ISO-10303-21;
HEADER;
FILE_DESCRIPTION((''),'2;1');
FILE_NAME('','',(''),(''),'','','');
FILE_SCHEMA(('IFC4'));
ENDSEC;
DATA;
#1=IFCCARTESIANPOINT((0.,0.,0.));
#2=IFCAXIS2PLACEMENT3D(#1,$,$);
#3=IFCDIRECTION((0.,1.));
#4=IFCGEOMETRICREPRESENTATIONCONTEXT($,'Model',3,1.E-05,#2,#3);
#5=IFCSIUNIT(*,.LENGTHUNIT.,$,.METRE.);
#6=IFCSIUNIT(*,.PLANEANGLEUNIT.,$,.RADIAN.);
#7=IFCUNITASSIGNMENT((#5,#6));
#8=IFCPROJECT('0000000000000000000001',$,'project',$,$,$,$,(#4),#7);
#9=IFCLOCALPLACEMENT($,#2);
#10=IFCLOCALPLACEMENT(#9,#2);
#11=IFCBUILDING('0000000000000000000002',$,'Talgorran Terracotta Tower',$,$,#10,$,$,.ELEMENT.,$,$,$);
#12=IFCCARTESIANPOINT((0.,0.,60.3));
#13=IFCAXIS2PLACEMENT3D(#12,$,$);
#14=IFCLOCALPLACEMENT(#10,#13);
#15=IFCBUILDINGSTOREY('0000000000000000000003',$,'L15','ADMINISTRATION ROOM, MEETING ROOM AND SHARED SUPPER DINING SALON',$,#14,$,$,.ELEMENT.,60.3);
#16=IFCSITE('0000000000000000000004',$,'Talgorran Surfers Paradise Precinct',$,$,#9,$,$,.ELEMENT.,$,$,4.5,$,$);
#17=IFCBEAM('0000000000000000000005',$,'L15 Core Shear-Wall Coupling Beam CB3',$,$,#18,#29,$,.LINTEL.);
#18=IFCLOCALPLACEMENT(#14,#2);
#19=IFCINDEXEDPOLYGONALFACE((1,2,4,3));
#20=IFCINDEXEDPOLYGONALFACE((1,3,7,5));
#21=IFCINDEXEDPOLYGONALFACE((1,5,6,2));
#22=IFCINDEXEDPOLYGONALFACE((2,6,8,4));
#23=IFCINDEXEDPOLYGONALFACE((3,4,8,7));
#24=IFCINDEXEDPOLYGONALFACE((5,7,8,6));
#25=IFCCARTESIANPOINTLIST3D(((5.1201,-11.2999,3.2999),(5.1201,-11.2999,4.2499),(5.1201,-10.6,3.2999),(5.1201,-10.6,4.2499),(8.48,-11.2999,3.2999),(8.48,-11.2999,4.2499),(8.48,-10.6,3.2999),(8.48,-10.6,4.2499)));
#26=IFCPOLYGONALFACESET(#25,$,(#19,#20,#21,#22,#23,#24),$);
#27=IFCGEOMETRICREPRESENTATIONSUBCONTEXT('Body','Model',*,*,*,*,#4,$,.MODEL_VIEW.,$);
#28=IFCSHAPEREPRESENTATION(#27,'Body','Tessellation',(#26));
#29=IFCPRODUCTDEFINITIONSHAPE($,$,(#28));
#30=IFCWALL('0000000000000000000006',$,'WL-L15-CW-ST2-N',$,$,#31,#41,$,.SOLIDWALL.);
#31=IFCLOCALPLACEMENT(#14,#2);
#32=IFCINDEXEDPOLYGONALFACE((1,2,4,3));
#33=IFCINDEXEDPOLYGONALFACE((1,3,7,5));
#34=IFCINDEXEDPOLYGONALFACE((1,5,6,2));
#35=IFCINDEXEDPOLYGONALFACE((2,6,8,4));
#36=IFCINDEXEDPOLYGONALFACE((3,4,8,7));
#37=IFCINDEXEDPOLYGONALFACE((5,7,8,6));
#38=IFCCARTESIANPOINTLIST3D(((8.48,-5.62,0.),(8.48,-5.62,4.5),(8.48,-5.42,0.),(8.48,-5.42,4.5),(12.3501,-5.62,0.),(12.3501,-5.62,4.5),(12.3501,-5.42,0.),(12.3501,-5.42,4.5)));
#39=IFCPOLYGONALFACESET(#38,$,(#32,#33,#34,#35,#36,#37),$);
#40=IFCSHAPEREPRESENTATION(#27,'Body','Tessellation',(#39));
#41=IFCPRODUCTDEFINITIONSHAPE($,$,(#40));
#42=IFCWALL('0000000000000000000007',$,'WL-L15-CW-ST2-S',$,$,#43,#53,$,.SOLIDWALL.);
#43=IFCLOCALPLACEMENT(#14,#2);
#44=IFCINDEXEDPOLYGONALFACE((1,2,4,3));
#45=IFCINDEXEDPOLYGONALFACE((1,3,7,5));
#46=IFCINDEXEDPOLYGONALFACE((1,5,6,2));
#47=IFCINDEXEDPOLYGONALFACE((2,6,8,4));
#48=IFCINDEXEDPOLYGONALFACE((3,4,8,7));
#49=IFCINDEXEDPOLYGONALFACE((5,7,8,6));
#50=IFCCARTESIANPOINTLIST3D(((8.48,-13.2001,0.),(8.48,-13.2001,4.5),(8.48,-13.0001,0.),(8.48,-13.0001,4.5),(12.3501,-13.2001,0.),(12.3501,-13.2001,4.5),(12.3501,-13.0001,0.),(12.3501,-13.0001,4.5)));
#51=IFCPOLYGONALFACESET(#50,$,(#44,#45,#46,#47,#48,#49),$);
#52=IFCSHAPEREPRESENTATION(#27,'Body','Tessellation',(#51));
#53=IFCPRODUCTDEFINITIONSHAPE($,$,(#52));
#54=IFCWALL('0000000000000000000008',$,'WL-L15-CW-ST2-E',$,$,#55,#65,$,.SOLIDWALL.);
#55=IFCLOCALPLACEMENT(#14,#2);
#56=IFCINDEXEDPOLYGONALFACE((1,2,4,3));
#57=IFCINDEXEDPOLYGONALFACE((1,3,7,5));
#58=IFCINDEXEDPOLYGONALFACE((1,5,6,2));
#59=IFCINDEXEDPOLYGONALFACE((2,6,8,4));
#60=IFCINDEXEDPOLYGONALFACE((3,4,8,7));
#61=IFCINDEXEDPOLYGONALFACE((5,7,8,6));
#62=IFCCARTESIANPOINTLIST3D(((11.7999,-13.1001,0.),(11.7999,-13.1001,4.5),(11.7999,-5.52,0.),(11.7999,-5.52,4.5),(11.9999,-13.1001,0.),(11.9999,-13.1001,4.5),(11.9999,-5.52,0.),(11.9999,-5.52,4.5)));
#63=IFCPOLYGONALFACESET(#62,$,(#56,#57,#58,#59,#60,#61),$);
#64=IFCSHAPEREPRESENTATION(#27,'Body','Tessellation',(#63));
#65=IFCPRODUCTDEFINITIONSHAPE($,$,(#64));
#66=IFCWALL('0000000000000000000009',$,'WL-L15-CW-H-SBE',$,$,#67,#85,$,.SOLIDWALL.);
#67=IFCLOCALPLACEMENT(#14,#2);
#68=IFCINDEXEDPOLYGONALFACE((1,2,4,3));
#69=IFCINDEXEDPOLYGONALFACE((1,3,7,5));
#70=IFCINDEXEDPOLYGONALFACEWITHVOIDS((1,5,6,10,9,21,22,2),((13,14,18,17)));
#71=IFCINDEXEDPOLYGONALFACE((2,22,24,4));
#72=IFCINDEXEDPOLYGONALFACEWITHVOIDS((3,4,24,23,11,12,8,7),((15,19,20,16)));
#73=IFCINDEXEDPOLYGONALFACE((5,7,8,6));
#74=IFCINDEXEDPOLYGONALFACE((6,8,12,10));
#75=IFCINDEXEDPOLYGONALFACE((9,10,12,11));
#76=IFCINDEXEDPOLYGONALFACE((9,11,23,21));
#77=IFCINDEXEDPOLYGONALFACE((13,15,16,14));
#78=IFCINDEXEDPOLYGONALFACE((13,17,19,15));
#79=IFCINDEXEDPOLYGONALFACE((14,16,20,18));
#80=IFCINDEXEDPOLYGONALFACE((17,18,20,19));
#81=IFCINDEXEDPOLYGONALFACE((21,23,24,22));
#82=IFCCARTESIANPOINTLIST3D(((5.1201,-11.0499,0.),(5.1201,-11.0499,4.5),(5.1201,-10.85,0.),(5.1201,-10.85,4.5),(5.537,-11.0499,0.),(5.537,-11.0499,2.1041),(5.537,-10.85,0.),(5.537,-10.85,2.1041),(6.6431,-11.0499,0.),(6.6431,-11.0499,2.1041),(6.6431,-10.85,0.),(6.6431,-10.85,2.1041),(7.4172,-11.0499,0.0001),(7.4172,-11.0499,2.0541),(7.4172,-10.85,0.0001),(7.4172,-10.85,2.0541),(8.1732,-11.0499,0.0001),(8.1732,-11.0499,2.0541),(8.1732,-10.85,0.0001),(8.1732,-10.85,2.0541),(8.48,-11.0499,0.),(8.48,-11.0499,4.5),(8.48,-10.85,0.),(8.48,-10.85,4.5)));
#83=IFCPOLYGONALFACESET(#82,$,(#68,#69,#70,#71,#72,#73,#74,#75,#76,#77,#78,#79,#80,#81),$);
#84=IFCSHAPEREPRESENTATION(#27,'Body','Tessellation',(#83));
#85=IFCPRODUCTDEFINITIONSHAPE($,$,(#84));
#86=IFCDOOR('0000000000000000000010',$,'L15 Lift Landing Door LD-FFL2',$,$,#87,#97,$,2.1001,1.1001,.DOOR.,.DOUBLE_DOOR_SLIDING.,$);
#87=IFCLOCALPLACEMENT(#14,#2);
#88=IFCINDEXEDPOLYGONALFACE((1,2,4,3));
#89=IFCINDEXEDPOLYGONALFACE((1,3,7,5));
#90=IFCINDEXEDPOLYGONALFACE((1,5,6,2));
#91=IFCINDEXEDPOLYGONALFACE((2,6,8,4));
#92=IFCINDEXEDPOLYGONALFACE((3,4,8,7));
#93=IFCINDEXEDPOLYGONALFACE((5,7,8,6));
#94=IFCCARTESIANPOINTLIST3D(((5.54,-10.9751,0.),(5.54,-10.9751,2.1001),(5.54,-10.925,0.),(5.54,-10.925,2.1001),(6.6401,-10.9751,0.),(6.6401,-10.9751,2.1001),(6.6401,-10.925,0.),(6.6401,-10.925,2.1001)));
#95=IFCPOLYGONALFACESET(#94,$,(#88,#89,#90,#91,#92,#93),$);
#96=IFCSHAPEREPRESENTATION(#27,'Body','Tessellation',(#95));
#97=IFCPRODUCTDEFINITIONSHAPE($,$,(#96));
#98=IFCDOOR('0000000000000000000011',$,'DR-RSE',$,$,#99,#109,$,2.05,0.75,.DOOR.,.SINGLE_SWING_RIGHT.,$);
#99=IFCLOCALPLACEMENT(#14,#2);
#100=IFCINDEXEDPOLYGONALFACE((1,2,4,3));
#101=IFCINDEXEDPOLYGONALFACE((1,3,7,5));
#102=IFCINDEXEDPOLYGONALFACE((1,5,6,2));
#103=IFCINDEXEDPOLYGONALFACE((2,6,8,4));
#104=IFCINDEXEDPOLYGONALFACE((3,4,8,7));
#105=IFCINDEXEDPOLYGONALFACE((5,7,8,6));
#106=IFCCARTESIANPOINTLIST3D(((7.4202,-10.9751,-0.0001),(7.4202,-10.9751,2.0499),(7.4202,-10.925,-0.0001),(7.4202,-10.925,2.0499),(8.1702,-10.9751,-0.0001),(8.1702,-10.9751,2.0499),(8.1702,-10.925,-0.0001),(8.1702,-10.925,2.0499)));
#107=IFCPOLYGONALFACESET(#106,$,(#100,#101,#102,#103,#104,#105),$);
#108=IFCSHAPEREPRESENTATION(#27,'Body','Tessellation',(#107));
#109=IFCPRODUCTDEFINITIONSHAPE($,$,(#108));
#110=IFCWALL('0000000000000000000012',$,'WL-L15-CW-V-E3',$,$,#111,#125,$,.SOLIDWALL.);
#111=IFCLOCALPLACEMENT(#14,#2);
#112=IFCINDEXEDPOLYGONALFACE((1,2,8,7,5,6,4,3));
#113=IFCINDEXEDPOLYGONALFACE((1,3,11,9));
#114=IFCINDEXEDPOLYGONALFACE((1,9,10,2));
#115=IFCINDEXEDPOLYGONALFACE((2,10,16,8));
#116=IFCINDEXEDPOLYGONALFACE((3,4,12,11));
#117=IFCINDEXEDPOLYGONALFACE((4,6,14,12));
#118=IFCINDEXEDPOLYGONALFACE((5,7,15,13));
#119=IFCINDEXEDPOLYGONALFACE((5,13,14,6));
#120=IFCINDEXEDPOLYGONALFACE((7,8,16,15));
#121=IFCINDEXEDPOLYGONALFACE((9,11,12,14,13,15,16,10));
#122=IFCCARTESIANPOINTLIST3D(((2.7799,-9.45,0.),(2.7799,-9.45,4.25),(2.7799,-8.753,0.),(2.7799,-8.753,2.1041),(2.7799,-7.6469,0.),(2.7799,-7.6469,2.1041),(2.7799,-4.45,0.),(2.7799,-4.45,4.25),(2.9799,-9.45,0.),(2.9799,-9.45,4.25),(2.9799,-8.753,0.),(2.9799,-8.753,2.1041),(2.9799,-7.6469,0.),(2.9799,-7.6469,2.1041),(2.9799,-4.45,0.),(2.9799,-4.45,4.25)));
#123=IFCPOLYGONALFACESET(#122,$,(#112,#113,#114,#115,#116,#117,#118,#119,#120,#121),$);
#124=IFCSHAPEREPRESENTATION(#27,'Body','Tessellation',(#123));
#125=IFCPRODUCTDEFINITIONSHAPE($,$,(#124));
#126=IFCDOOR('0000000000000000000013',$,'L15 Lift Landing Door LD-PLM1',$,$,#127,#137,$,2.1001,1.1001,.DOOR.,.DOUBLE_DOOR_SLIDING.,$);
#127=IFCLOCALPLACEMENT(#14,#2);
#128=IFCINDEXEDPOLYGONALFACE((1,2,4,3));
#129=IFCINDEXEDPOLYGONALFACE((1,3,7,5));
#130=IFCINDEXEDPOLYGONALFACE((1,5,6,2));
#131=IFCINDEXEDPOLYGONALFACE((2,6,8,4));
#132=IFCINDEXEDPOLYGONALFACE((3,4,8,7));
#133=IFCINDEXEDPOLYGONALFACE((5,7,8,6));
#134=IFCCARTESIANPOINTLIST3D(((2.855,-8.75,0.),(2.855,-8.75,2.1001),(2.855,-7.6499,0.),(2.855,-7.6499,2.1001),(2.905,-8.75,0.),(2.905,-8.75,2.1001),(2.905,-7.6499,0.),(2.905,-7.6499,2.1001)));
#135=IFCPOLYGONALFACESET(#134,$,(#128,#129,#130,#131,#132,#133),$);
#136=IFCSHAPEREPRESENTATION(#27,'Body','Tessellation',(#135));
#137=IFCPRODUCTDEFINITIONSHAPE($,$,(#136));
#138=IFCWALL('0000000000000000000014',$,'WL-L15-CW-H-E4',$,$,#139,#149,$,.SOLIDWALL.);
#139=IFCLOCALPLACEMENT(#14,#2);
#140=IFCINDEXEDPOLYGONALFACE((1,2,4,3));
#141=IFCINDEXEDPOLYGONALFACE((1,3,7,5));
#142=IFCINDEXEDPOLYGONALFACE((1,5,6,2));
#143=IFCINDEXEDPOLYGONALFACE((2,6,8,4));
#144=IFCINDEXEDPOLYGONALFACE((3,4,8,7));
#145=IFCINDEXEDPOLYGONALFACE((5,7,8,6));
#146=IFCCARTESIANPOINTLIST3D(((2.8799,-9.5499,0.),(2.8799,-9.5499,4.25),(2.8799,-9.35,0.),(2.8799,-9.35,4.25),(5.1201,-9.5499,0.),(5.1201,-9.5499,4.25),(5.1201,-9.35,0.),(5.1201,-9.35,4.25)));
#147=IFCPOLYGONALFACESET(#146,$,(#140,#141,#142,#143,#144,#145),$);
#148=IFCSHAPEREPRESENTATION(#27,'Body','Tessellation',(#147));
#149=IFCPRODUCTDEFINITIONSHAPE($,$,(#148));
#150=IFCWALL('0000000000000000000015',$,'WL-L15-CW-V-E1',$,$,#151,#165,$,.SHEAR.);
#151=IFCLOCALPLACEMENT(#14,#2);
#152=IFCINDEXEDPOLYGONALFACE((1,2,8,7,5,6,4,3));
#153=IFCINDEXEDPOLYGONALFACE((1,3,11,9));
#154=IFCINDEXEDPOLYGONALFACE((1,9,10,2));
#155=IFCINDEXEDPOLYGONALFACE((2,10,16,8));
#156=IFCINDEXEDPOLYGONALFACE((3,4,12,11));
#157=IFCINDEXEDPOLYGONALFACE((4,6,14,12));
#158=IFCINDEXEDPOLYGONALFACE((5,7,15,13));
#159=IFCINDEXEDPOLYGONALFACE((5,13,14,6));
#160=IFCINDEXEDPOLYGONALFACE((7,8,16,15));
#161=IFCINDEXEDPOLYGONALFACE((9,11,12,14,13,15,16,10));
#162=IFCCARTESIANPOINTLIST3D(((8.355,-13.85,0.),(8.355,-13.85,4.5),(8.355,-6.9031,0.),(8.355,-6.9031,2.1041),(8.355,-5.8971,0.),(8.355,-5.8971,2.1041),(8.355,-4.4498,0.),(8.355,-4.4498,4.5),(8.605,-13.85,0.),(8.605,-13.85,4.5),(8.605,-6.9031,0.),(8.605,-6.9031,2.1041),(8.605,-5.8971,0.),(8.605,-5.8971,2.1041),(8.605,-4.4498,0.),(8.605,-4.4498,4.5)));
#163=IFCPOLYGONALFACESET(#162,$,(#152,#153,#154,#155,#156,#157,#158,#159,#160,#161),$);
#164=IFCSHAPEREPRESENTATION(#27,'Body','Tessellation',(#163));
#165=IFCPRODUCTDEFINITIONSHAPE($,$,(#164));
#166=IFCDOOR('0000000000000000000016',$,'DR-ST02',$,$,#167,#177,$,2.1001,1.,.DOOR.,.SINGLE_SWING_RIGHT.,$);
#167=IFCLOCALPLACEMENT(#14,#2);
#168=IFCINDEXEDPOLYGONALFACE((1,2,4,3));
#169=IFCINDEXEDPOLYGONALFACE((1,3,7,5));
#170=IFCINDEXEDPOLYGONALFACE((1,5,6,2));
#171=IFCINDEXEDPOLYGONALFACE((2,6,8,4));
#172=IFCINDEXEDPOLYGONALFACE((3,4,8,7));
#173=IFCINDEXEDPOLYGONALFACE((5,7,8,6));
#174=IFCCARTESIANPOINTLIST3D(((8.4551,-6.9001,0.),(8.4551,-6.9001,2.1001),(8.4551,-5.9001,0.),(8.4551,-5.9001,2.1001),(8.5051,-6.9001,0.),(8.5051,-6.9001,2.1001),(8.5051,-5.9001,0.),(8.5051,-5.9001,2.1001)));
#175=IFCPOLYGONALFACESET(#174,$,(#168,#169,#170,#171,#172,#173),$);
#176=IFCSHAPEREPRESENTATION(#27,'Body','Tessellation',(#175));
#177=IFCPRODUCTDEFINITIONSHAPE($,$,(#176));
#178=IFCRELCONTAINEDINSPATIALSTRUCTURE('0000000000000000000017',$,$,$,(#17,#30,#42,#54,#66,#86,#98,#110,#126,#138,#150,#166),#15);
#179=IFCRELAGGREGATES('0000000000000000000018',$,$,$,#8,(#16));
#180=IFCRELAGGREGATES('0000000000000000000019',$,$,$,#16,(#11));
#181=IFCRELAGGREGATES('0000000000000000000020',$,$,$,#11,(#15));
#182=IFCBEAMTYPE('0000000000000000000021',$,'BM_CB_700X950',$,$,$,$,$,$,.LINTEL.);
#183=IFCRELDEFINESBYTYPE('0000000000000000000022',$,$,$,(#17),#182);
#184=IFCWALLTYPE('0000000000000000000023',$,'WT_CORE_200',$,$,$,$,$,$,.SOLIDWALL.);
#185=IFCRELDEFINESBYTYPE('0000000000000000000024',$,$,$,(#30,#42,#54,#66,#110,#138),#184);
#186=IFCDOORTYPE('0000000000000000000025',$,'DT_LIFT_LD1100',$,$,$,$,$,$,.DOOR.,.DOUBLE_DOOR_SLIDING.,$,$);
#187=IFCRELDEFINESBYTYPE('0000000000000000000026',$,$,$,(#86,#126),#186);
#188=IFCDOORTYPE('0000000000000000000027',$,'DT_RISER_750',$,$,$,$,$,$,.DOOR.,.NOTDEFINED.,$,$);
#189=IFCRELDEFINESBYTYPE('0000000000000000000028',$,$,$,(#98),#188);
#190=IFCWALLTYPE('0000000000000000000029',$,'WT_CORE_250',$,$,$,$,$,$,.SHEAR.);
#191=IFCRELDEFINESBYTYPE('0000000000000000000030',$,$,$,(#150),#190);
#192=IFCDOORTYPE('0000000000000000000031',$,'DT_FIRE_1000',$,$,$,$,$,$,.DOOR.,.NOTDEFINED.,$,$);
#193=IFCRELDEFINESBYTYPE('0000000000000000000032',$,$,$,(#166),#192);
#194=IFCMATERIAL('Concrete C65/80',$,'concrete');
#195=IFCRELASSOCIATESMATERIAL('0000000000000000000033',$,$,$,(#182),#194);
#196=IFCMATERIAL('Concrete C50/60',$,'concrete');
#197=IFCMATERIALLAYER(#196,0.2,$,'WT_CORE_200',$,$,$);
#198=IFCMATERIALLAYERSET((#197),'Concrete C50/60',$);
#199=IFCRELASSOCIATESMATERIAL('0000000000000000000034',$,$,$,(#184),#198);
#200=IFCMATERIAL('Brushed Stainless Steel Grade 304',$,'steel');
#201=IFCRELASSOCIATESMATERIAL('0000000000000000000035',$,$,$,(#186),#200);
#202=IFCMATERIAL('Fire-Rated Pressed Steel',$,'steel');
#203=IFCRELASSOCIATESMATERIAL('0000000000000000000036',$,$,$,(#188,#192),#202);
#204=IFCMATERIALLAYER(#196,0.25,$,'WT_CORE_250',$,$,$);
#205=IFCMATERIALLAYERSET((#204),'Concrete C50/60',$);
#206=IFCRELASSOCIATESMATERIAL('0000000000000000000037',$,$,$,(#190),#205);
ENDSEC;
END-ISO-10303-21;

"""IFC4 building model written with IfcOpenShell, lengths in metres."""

from ifc_helpers import new_model, si_unit, direction, frame, frame_2d, origin, origin_2d, place, context, subcontext, project, spatial, rectangle, extrude, material, layer, layer_set, material_profile, profile_set, type_object, element, fill, save


model = new_model("IFC4")

# Units and contexts
model_context = context("Model", 3, precision=1e-05, world=origin(), true_north=direction((0.0, 1.0)))
body_context = subcontext(model_context, "Body", "Model", "MODEL_VIEW")
ifc_project = project(units=[si_unit("LENGTHUNIT", "METRE"), si_unit("PLANEANGLEUNIT", "RADIAN")], contexts=[model_context])

# Site, building, storey
site_placement = place(None, origin())
site = spatial("IfcSite", under=ifc_project, at=site_placement, Name="Talgorran Surfers Paradise Precinct", CompositionType="ELEMENT", RefElevation=4.5)
building_placement = place(site_placement, origin())
building = spatial("IfcBuilding", under=site, at=building_placement, Name="Talgorran Terracotta Tower", CompositionType="ELEMENT")
storey_placement = place(building_placement, frame((0.0, 0.0, 60.3)))
storey = spatial("IfcBuildingStorey", under=building, at=storey_placement, Name="L15", Description="ADMINISTRATION ROOM, MEETING ROOM AND SHARED SUPPER DINING SALON", CompositionType="ELEMENT", Elevation=60.3)

# Beam
ifc_material_1 = material(Name="Concrete C65/80", Category="concrete")
ifc_material_profile = material_profile(ifc_material_1, rectangle(XDim=0.7, YDim=0.95, at=origin_2d()), Name="RCCB700X950")
ifc_profile_set = profile_set([ifc_material_profile], Name="Concrete C65/80")
beam_type = type_object("IfcBeamType", Name="BM_CB_700X950", PredefinedType="LINTEL", material=ifc_profile_set)
beam_placement = place(storey_placement, frame((5.1201, -10.95, 3.7749), z_axis=(1.0, 0.0, 0.0), x_axis=(0.0, 1.0, 0.0)))
element("IfcBeam", 1, at=beam_placement, inside=storey, type_object=beam_type, Name="L15 Core Shear-Wall Coupling Beam CB3", PredefinedType="LINTEL", context=body_context, shape_type="SweptSolid", body=[
    extrude(rectangle(XDim=0.7, YDim=0.95, at=origin_2d()), origin(), (0.0, 0.0, 1.0), 3.3599),
])

# Walls
ifc_material_2 = material(Name="Concrete C50/60", Category="concrete")
ifc_layer_1 = layer(ifc_material_2, 0.2, Name="WT_CORE_200")
ifc_layer_set_1 = layer_set([ifc_layer_1], Name="Concrete C50/60")
wall_type_1 = type_object("IfcWallType", Name="WT_CORE_200", PredefinedType="SOLIDWALL", material=ifc_layer_set_1)
for number, where, z_axis, x_axis, name in (
    (2, (8.48, -5.52, 0.0), (0.0, 0.0, 1.0), (1.0, 0.0, 0.0), "WL-L15-CW-ST2-N"),
    (3, (8.48, -13.1001, 0.0), (0.0, 0.0, 1.0), (1.0, 0.0, 0.0), "WL-L15-CW-ST2-S"),
):
    element("IfcWall", number, at=place(storey_placement, frame(where, z_axis=z_axis, x_axis=x_axis)), inside=storey, type_object=wall_type_1, Name=name, PredefinedType="SOLIDWALL", context=body_context, shape_type="SweptSolid", body=[
        extrude(rectangle(XDim=3.8701, YDim=0.2, at=frame_2d((1.9351, 0.0))), origin(), (0.0, 0.0, 1.0), 4.5),
    ])
wall_1_placement = place(storey_placement, frame((11.8999, -13.1001, 0.0), z_axis=(0.0, 0.0, 1.0), x_axis=(0.0, 1.0, 0.0)))
element("IfcWall", 4, at=wall_1_placement, inside=storey, type_object=wall_type_1, Name="WL-L15-CW-ST2-E", PredefinedType="SOLIDWALL", context=body_context, shape_type="SweptSolid", body=[
    extrude(rectangle(XDim=7.5801, YDim=0.2, at=frame_2d((3.79, 0.0))), origin(), (0.0, 0.0, 1.0), 4.5),
])

# Wall, openings, doors
wall_2_placement = place(storey_placement, frame((5.1201, -10.95, 0.0), z_axis=(0.0, 0.0, 1.0), x_axis=(1.0, 0.0, 0.0)))
wall_2 = element("IfcWall", 5, at=wall_2_placement, inside=storey, type_object=wall_type_1, Name="WL-L15-CW-H-SBE", PredefinedType="SOLIDWALL", context=body_context, shape_type="SweptSolid", body=[
    extrude(rectangle(XDim=3.3599, YDim=0.2, at=frame_2d((1.6799, 0.0))), origin(), (0.0, 0.0, 1.0), 4.5),
])
opening_1_placement = place(wall_2_placement, frame((0.4199, 0.0, 0.0)))
opening_1 = element("IfcOpeningElement", 6, at=opening_1_placement, cuts=wall_2, PredefinedType="OPENING", context=body_context, shape_type="SweptSolid", body=[
    extrude(rectangle(XDim=1.1061, YDim=2.1041, at=frame_2d((0.55, 1.052))), frame((0.0, 0.1099, 0.0), z_axis=(0.0, -1.0, 0.0), x_axis=(1.0, 0.0, 0.0)), (0.0, 0.0, 1.0), 0.22),
])
opening_2_placement = place(wall_2_placement, frame((2.3, 0.0, 0.0)))
opening_2 = element("IfcOpeningElement", 7, at=opening_2_placement, cuts=wall_2, PredefinedType="OPENING", context=body_context, shape_type="SweptSolid", body=[
    extrude(rectangle(XDim=0.756, YDim=2.054, at=frame_2d((0.375, 1.0271))), frame((0.0, 0.1099, 0.0), z_axis=(0.0, -1.0, 0.0), x_axis=(1.0, 0.0, 0.0)), (0.0, 0.0, 1.0), 0.22),
])
ifc_material_3 = material(Name="Brushed Stainless Steel Grade 304", Category="steel")
door_type_1 = type_object("IfcDoorType", Name="DT_LIFT_LD1100", OperationType="DOUBLE_DOOR_SLIDING", PredefinedType="DOOR", material=ifc_material_3)
door_1_placement = place(opening_1_placement, origin())
door_1 = element("IfcDoor", 8, at=door_1_placement, inside=storey, type_object=door_type_1, Name="L15 Lift Landing Door LD-FFL2", OperationType="DOUBLE_DOOR_SLIDING", OverallHeight=2.1001, OverallWidth=1.1001, PredefinedType="DOOR", context=body_context, shape_type="SweptSolid", body=[
    extrude(rectangle(XDim=1.1001, YDim=2.1001, at=frame_2d((0.55, 1.05))), frame((0.0, 0.0249, 0.0), z_axis=(0.0, -1.0, 0.0), x_axis=(1.0, 0.0, 0.0)), (0.0, 0.0, 1.0), 0.05),
])
fill(opening_1, door_1)
ifc_material_4 = material(Name="Fire-Rated Pressed Steel", Category="steel")
door_type_2 = type_object("IfcDoorType", Name="DT_RISER_750", OperationType="NOTDEFINED", PredefinedType="DOOR", material=ifc_material_4)
door_2_placement = place(opening_2_placement, origin())
door_2 = element("IfcDoor", 9, at=door_2_placement, inside=storey, type_object=door_type_2, Name="DR-RSE", OperationType="SINGLE_SWING_RIGHT", OverallHeight=2.05, OverallWidth=0.75, PredefinedType="DOOR", context=body_context, shape_type="SweptSolid", body=[
    extrude(rectangle(XDim=0.75, YDim=2.05, at=frame_2d((0.375, 1.0249))), frame((0.0, 0.0249, 0.0), z_axis=(0.0, -1.0, 0.0), x_axis=(1.0, 0.0, 0.0)), (0.0, 0.0, 1.0), 0.05),
])
fill(opening_2, door_2)

# Wall, opening, door
wall_3_placement = place(storey_placement, frame((2.8799, -9.45, 0.0), z_axis=(0.0, 0.0, 1.0), x_axis=(0.0, 1.0, 0.0)))
wall_3 = element("IfcWall", 10, at=wall_3_placement, inside=storey, type_object=wall_type_1, Name="WL-L15-CW-V-E3", PredefinedType="SOLIDWALL", context=body_context, shape_type="SweptSolid", body=[
    extrude(rectangle(XDim=5.0, YDim=0.2, at=frame_2d((2.5, 0.0))), origin(), (0.0, 0.0, 1.0), 4.25),
])
opening_3_placement = place(wall_3_placement, frame((0.7, 0.0, 0.0)))
opening_3 = element("IfcOpeningElement", 11, at=opening_3_placement, cuts=wall_3, PredefinedType="OPENING", context=body_context, shape_type="SweptSolid", body=[
    extrude(rectangle(XDim=1.1061, YDim=2.1041, at=frame_2d((0.55, 1.052))), frame((0.0, 0.1099, 0.0), z_axis=(0.0, -1.0, 0.0), x_axis=(1.0, 0.0, 0.0)), (0.0, 0.0, 1.0), 0.22),
])
door_3_placement = place(opening_3_placement, origin())
door_3 = element("IfcDoor", 12, at=door_3_placement, inside=storey, type_object=door_type_1, Name="L15 Lift Landing Door LD-PLM1", OperationType="DOUBLE_DOOR_SLIDING", OverallHeight=2.1001, OverallWidth=1.1001, PredefinedType="DOOR", context=body_context, shape_type="SweptSolid", body=[
    extrude(rectangle(XDim=1.1001, YDim=2.1001, at=frame_2d((0.55, 1.05))), frame((0.0, 0.0249, 0.0), z_axis=(0.0, -1.0, 0.0), x_axis=(1.0, 0.0, 0.0)), (0.0, 0.0, 1.0), 0.05),
])
fill(opening_3, door_3)

# Wall
wall_4_placement = place(storey_placement, frame((2.8799, -9.45, 0.0), z_axis=(0.0, 0.0, 1.0), x_axis=(1.0, 0.0, 0.0)))
element("IfcWall", 13, at=wall_4_placement, inside=storey, type_object=wall_type_1, Name="WL-L15-CW-H-E4", PredefinedType="SOLIDWALL", context=body_context, shape_type="SweptSolid", body=[
    extrude(rectangle(XDim=2.2402, YDim=0.2, at=frame_2d((1.1201, 0.0))), origin(), (0.0, 0.0, 1.0), 4.25),
])

# Wall, opening, door
ifc_layer_2 = layer(ifc_material_2, 0.25, Name="WT_CORE_250")
ifc_layer_set_2 = layer_set([ifc_layer_2], Name="Concrete C50/60")
wall_type_2 = type_object("IfcWallType", Name="WT_CORE_250", PredefinedType="SHEAR", material=ifc_layer_set_2)
wall_5_placement = place(storey_placement, frame((8.48, -13.8501, 0.0), z_axis=(0.0, 0.0, 1.0), x_axis=(0.0, 1.0, 0.0)))
wall_5 = element("IfcWall", 14, at=wall_5_placement, inside=storey, type_object=wall_type_2, Name="WL-L15-CW-V-E1", PredefinedType="SHEAR", context=body_context, shape_type="SweptSolid", body=[
    extrude(rectangle(XDim=9.4001, YDim=0.25, at=frame_2d((4.7002, 0.0))), origin(), (0.0, 0.0, 1.0), 4.5),
])
opening_4_placement = place(wall_5_placement, frame((6.95, 0.0, 0.0)))
opening_4 = element("IfcOpeningElement", 15, at=opening_4_placement, cuts=wall_5, PredefinedType="OPENING", context=body_context, shape_type="SweptSolid", body=[
    extrude(rectangle(XDim=1.006, YDim=2.1041, at=frame_2d((0.5, 1.052))), frame((0.0, 0.135, 0.0), z_axis=(0.0, -1.0, 0.0), x_axis=(1.0, 0.0, 0.0)), (0.0, 0.0, 1.0), 0.27),
])
door_type_3 = type_object("IfcDoorType", Name="DT_FIRE_1000", OperationType="NOTDEFINED", PredefinedType="DOOR", material=ifc_material_4)
door_4_placement = place(opening_4_placement, origin())
door_4 = element("IfcDoor", 16, at=door_4_placement, inside=storey, type_object=door_type_3, Name="DR-ST02", OperationType="SINGLE_SWING_RIGHT", OverallHeight=2.1001, OverallWidth=1.0, PredefinedType="DOOR", context=body_context, shape_type="SweptSolid", body=[
    extrude(rectangle(XDim=1.0, YDim=2.1001, at=frame_2d((0.5, 1.05))), frame((0.0, 0.0249, 0.0), z_axis=(0.0, -1.0, 0.0), x_axis=(1.0, 0.0, 0.0)), (0.0, 0.0, 1.0), 0.05),
])
fill(opening_4, door_4)

save(model, "model.ifc")
